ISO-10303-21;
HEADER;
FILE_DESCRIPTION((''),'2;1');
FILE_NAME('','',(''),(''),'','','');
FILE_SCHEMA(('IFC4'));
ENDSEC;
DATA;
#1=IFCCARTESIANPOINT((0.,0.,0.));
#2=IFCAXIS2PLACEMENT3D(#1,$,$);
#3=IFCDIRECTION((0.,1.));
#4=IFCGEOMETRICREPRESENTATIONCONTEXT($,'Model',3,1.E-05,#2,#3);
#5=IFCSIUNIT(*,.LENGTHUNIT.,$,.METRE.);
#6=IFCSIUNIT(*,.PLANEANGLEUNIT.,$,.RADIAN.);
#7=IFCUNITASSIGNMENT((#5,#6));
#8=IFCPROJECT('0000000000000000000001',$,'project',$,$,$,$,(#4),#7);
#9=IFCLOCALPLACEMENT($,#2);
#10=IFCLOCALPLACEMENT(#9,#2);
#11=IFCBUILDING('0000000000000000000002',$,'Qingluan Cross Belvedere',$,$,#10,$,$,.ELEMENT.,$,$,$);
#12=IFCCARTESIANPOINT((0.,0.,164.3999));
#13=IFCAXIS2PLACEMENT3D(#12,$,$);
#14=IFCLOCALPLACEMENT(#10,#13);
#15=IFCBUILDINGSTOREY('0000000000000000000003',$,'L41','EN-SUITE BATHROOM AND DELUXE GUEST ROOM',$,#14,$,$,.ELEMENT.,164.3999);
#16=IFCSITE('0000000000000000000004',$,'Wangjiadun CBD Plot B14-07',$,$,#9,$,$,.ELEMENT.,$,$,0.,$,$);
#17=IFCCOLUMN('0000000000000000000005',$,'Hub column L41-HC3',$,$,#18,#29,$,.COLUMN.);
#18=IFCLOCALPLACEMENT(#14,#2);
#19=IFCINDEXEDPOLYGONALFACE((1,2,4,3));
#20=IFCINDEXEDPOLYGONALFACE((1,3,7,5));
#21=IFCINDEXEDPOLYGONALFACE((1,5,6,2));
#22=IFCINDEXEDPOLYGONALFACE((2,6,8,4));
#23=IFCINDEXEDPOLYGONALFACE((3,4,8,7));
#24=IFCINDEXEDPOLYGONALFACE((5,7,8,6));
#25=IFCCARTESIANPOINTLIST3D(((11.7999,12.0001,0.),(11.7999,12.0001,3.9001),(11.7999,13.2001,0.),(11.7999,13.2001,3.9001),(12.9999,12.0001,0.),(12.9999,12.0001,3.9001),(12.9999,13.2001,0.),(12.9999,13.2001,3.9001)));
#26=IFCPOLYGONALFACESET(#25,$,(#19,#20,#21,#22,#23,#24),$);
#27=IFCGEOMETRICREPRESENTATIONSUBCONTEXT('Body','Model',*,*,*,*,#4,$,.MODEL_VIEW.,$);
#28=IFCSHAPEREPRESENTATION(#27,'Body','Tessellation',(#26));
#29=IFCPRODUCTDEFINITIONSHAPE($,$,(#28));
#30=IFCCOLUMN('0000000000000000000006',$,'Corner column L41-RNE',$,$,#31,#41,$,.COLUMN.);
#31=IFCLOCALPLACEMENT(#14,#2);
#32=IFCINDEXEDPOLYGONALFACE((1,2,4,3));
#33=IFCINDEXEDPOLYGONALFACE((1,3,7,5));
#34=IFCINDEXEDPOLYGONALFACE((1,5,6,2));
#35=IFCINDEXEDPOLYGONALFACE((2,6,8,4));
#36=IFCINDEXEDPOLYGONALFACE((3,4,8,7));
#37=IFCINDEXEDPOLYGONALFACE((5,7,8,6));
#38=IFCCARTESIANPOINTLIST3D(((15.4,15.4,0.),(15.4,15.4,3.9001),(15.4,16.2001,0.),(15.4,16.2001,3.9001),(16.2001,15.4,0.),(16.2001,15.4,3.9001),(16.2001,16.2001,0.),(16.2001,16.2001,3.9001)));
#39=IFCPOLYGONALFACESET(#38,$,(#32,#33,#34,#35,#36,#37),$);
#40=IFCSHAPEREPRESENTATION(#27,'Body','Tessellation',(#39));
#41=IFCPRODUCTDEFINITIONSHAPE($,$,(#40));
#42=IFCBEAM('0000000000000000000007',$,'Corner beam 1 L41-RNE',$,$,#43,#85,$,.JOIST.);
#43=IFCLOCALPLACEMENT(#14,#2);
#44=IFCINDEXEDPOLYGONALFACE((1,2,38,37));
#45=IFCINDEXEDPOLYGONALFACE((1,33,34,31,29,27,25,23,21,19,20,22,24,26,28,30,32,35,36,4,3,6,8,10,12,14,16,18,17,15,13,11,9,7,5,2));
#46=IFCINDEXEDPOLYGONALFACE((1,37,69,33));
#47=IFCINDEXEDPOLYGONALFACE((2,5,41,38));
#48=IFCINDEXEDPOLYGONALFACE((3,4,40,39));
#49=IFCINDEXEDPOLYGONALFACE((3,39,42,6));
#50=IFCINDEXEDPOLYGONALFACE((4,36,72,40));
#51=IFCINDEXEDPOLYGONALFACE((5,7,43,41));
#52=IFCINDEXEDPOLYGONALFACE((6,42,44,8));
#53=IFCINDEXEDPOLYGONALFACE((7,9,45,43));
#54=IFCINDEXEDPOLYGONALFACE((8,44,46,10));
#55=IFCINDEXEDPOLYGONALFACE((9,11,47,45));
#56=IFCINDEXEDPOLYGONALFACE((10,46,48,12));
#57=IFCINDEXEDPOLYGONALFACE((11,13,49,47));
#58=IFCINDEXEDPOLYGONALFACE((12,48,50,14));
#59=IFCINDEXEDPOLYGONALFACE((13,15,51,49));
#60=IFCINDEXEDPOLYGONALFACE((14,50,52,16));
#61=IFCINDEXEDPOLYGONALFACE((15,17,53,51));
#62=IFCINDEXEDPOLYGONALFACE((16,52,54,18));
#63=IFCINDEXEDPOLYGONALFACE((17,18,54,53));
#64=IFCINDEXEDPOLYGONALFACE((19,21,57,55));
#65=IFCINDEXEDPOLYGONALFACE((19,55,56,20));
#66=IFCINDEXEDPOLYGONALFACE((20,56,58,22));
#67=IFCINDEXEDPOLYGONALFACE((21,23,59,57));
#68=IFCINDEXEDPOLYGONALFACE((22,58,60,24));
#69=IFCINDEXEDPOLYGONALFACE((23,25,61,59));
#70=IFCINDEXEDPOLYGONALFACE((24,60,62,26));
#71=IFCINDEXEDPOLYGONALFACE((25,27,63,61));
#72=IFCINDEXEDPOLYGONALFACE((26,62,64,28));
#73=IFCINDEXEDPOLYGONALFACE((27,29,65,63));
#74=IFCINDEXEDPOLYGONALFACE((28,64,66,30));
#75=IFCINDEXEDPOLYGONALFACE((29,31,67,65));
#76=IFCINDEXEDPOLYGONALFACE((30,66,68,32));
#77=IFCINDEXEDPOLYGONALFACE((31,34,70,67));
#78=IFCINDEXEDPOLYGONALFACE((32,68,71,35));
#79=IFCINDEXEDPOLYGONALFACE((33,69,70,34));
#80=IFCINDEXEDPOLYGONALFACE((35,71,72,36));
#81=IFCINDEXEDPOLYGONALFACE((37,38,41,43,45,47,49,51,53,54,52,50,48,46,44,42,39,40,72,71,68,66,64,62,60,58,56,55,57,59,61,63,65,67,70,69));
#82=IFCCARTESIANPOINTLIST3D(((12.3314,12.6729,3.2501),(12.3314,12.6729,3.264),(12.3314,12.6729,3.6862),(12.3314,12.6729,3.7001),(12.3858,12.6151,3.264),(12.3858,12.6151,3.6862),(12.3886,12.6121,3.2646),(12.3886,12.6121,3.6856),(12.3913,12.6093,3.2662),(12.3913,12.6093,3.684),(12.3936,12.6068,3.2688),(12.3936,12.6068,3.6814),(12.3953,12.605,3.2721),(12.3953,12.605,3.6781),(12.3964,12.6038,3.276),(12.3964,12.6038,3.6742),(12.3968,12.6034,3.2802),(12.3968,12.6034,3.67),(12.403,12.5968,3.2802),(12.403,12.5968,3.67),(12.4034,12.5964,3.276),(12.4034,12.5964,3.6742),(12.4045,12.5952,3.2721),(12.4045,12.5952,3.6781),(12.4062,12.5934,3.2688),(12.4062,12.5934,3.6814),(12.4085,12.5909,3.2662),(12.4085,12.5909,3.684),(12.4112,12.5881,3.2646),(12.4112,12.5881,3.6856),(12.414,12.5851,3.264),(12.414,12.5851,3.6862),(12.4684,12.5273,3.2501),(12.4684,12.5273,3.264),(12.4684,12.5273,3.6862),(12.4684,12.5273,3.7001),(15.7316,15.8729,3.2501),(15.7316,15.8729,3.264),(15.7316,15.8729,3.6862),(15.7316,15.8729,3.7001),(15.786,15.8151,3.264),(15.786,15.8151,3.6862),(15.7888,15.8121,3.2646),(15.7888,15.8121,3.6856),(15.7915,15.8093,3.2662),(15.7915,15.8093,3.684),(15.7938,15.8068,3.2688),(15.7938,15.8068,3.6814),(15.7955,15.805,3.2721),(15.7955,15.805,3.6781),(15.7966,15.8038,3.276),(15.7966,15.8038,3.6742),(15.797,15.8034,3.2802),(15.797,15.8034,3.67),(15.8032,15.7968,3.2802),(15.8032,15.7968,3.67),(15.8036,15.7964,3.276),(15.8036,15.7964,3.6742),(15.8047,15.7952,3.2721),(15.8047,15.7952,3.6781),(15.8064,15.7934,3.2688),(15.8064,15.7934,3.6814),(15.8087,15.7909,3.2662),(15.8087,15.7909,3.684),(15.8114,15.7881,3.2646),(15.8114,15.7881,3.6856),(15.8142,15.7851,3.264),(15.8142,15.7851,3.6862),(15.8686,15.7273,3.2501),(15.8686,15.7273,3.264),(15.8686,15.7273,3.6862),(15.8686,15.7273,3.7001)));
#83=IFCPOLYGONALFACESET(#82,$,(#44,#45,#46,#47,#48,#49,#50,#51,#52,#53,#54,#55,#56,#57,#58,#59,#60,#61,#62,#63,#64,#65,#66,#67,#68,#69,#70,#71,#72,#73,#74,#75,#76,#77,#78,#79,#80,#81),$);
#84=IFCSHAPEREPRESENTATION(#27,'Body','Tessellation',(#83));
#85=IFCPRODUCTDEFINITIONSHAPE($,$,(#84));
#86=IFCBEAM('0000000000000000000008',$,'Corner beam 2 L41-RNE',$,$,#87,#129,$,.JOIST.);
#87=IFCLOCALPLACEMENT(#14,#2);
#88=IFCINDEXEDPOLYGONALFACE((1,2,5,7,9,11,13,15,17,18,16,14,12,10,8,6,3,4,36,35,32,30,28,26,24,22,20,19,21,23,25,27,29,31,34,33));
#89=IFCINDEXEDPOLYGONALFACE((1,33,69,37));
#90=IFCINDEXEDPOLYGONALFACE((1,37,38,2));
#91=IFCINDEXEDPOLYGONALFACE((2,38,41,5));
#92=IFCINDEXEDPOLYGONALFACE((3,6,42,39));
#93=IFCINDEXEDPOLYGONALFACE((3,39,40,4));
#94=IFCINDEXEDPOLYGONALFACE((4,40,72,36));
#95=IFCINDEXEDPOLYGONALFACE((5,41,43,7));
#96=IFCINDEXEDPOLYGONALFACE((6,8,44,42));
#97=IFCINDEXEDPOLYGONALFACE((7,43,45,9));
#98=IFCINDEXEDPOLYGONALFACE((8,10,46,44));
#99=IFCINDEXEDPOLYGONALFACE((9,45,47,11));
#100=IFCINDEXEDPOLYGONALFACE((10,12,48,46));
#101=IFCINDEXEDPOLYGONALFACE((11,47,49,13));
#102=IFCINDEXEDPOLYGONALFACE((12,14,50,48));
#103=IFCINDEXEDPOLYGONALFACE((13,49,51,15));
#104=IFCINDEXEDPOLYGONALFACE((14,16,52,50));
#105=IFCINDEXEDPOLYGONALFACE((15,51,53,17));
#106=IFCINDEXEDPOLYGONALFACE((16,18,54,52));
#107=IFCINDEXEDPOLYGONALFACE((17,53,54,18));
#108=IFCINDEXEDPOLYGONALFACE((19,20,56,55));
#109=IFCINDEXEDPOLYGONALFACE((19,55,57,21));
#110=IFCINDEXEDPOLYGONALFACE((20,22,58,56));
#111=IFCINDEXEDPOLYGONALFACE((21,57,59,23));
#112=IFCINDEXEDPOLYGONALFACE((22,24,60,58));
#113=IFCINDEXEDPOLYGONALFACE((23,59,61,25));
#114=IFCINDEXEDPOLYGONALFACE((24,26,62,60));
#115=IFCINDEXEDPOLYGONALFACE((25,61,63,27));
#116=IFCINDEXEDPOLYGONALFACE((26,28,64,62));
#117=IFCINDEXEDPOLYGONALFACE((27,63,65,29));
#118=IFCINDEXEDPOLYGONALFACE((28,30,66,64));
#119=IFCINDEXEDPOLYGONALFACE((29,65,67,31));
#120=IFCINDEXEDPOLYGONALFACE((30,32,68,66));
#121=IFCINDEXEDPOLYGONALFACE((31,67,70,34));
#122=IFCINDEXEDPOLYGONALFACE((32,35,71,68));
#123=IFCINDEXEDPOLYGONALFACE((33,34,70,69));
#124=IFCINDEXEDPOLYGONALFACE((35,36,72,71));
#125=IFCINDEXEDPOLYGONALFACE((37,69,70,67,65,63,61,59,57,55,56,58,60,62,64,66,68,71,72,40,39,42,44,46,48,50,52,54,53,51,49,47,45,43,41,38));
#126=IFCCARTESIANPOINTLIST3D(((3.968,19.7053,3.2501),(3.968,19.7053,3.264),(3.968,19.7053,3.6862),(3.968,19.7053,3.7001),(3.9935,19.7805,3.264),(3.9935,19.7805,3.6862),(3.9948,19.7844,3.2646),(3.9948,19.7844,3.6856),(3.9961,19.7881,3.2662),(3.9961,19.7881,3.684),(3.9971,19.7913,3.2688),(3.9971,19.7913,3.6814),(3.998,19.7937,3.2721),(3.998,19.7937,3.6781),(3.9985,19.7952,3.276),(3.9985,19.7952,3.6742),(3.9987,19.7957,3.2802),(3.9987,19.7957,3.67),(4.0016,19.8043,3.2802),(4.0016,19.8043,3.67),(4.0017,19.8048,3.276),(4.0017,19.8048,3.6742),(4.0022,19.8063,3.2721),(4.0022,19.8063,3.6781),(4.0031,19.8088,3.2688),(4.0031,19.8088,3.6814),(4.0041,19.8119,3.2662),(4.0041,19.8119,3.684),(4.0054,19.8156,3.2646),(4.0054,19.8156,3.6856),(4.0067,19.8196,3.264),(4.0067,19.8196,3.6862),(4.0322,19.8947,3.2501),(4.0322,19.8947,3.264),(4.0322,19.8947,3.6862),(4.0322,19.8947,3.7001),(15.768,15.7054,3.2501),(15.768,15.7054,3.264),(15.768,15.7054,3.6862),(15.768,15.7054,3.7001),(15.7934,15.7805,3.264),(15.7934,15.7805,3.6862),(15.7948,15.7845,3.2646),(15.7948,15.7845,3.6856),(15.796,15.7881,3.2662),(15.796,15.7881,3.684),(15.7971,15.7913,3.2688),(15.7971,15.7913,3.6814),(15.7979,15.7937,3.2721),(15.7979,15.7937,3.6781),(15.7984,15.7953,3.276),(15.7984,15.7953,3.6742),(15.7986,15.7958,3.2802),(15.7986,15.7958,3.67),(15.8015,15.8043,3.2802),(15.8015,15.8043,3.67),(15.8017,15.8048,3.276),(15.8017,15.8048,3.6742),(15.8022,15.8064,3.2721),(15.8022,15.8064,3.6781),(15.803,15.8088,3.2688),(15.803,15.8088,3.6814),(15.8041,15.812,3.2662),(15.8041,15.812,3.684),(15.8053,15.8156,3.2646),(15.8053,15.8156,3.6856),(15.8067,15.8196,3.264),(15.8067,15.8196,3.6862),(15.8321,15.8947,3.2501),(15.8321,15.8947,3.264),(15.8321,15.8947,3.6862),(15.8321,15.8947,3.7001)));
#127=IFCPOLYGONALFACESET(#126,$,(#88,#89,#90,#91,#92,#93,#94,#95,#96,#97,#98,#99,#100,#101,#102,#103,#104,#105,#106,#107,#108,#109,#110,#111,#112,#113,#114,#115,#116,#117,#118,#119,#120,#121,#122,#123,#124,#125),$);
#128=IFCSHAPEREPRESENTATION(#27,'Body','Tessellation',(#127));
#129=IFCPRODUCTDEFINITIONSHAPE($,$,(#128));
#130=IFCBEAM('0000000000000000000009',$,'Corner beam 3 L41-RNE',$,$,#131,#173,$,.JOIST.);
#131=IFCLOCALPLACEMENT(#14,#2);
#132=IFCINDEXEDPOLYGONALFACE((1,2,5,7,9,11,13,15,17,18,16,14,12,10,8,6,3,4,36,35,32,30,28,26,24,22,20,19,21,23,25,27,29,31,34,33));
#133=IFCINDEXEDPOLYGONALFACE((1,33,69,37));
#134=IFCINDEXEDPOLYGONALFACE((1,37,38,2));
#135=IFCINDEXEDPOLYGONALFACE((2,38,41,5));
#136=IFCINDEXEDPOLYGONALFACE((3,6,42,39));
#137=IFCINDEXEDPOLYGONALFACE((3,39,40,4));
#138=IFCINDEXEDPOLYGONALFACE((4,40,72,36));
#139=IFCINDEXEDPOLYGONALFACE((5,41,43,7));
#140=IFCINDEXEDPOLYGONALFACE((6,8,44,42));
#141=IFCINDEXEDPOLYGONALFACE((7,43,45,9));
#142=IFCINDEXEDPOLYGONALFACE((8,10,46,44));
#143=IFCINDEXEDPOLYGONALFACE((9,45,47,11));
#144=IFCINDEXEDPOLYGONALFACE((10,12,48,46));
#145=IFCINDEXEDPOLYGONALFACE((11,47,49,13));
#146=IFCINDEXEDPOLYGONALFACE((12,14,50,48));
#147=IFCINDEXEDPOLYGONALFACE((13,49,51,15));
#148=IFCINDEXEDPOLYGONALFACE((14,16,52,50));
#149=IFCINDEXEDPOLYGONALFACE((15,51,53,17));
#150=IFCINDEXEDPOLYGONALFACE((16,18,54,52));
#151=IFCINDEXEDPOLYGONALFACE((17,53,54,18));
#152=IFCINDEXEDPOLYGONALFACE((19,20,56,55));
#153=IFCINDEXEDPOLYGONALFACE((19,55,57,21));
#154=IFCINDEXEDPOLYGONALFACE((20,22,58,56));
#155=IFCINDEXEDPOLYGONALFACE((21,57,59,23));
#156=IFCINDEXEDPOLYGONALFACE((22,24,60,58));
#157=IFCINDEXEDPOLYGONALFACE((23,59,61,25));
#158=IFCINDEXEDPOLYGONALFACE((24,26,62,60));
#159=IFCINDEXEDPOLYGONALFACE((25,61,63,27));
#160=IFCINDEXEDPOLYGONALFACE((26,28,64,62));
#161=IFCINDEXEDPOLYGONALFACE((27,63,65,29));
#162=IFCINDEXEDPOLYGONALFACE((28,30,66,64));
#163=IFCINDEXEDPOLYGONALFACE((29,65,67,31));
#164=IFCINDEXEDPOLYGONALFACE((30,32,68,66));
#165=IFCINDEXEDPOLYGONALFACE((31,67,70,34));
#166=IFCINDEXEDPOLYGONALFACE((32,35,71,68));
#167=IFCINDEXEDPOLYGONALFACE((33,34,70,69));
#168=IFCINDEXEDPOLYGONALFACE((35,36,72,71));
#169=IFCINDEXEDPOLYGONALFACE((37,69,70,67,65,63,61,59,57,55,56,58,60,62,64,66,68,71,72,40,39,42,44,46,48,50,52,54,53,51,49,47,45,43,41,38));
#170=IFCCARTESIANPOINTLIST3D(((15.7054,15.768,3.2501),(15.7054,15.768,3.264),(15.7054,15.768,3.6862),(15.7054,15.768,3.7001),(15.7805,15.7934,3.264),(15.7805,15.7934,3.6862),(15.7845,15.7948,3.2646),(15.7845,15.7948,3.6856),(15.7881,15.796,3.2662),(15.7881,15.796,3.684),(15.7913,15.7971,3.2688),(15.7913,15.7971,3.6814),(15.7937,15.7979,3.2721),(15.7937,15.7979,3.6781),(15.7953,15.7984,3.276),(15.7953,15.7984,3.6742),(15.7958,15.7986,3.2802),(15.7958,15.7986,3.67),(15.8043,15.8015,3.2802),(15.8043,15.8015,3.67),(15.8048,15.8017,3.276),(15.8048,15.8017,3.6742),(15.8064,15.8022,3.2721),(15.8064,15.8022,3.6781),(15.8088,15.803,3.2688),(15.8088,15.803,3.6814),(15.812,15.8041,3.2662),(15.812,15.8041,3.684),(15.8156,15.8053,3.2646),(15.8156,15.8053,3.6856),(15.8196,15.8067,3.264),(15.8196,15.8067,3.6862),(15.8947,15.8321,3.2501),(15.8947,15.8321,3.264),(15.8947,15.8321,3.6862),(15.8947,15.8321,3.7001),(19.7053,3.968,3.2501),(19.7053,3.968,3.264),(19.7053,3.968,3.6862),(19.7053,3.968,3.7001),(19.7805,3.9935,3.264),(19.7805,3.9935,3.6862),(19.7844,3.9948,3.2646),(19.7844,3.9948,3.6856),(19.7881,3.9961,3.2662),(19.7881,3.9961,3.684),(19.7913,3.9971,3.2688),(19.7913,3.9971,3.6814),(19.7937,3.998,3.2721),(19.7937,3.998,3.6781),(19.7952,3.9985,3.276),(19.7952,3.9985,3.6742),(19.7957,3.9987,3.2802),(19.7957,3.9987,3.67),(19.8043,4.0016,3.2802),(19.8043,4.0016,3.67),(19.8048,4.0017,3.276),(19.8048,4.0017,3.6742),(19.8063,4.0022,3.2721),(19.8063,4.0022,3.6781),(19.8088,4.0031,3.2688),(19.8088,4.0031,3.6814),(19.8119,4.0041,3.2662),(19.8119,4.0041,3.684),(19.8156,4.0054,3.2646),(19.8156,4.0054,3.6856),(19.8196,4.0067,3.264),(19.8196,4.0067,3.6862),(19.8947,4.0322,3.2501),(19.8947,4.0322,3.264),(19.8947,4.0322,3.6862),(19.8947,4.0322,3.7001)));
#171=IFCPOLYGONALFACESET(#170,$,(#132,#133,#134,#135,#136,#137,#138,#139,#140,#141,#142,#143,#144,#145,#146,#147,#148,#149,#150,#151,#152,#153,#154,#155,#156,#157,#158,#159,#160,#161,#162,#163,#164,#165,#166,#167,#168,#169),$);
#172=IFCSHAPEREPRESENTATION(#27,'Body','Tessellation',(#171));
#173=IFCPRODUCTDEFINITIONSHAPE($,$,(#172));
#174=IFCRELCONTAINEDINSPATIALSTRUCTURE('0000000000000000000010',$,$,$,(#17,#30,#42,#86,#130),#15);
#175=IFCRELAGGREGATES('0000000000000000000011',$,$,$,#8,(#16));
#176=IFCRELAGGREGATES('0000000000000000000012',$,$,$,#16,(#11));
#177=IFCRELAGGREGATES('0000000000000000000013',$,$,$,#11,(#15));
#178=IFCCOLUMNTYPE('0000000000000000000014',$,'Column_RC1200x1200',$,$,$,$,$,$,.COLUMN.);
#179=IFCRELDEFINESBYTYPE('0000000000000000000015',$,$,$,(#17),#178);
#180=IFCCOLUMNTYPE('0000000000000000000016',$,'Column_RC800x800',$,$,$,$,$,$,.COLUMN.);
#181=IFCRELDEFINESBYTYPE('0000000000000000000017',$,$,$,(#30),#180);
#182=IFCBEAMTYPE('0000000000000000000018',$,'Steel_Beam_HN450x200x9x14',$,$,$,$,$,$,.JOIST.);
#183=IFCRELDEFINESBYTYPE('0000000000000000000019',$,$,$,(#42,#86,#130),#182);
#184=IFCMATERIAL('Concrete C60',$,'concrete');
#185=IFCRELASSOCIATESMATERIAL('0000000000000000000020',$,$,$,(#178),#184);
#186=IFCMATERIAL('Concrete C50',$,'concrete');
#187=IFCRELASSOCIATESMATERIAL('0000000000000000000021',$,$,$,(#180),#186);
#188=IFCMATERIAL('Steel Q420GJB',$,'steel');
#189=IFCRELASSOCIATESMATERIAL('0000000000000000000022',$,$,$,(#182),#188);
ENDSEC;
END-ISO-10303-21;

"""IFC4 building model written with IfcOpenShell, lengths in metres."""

from ifc_helpers import new_model, si_unit, direction, frame, origin, origin_2d, place, context, subcontext, project, spatial, rectangle, i_section, extrude, material, material_profile, profile_set, type_object, element, save


model = new_model("IFC4")

# Units and contexts
model_context = context("Model", 3, precision=1e-05, world=origin(), true_north=direction((0.0, 1.0)))
body_context = subcontext(model_context, "Body", "Model", "MODEL_VIEW")
ifc_project = project(units=[si_unit("LENGTHUNIT", "METRE"), si_unit("PLANEANGLEUNIT", "RADIAN")], contexts=[model_context])

# Site, building, storey
site_placement = place(None, origin())
site = spatial("IfcSite", under=ifc_project, at=site_placement, Name="Wangjiadun CBD Plot B14-07", CompositionType="ELEMENT", RefElevation=0.0)
building_placement = place(site_placement, origin())
building = spatial("IfcBuilding", under=site, at=building_placement, Name="Qingluan Cross Belvedere", CompositionType="ELEMENT")
storey_placement = place(building_placement, frame((0.0, 0.0, 164.3999)))
storey = spatial("IfcBuildingStorey", under=building, at=storey_placement, Name="L41", Description="EN-SUITE BATHROOM AND DELUXE GUEST ROOM", CompositionType="ELEMENT", Elevation=164.3999)

# Columns
ifc_material_1 = material(Name="Concrete C60", Category="concrete")
ifc_material_profile_1 = material_profile(ifc_material_1, rectangle(XDim=1.2, YDim=1.2, at=origin_2d()), Name="RC1200x1200")
ifc_profile_set_1 = profile_set([ifc_material_profile_1], Name="Concrete C60")
column_type_1 = type_object("IfcColumnType", Name="Column_RC1200x1200", PredefinedType="COLUMN", material=ifc_profile_set_1)
column_1_placement = place(storey_placement, frame((12.3999, 12.6001, 0.0), z_axis=(0.0, 0.0, 1.0), x_axis=(1.0, 0.0, 0.0)))
element("IfcColumn", 1, at=column_1_placement, inside=storey, type_object=column_type_1, Name="Hub column L41-HC3", PredefinedType="COLUMN", context=body_context, shape_type="SweptSolid", body=[
    extrude(rectangle(XDim=1.2, YDim=1.2, at=origin_2d()), origin(), (0.0, 0.0, 1.0), 3.9001),
])
ifc_material_2 = material(Name="Concrete C50", Category="concrete")
ifc_material_profile_2 = material_profile(ifc_material_2, rectangle(XDim=0.8, YDim=0.8, at=origin_2d()), Name="RC800x800")
ifc_profile_set_2 = profile_set([ifc_material_profile_2], Name="Concrete C50")
column_type_2 = type_object("IfcColumnType", Name="Column_RC800x800", PredefinedType="COLUMN", material=ifc_profile_set_2)
column_2_placement = place(storey_placement, frame((15.8, 15.8, 0.0), z_axis=(0.0, 0.0, 1.0), x_axis=(1.0, 0.0, 0.0)))
element("IfcColumn", 2, at=column_2_placement, inside=storey, type_object=column_type_2, Name="Corner column L41-RNE", PredefinedType="COLUMN", context=body_context, shape_type="SweptSolid", body=[
    extrude(rectangle(XDim=0.8, YDim=0.8, at=origin_2d()), origin(), (0.0, 0.0, 1.0), 3.9001),
])

# Beams
ifc_material_3 = material(Name="Steel Q420GJB", Category="steel")
ifc_material_profile_3 = material_profile(ifc_material_3, i_section(OverallWidth=0.2, OverallDepth=0.45, WebThickness=0.009, FlangeThickness=0.0139, FilletRadius=0.0161, at=origin_2d()), Name="HN450x200x9x14")
ifc_profile_set_3 = profile_set([ifc_material_profile_3], Name="Steel Q420GJB")
beam_type = type_object("IfcBeamType", Name="Steel_Beam_HN450x200x9x14", PredefinedType="JOIST", material=ifc_profile_set_3)
beam_1_placement = place(storey_placement, frame((12.3999, 12.6001, 3.4751), z_axis=(0.72822, 0.685343, 0.0), x_axis=(-0.685343, 0.72822, 0.0)))
element("IfcBeam", 3, at=beam_1_placement, inside=storey, type_object=beam_type, Name="Corner beam 1 L41-RNE", PredefinedType="JOIST", context=body_context, shape_type="SweptSolid", body=[
    extrude(i_section(OverallWidth=0.2, OverallDepth=0.45, WebThickness=0.009, FlangeThickness=0.0139, FilletRadius=0.0161, at=origin_2d()), origin(), (0.0, 0.0, 1.0), 4.6692),
])
for number, where, z_axis, x_axis, name in (
    (4, (15.8, 15.8, 3.4751), (-0.947066, 0.321038, 0.0), (-0.321038, -0.947066, 0.0), "Corner beam 2 L41-RNE"),
    (5, (15.8, 15.8, 3.4751), (0.321038, -0.947066, 0.0), (0.947066, 0.321038, 0.0), "Corner beam 3 L41-RNE"),
):
    element("IfcBeam", number, at=place(storey_placement, frame(where, z_axis=z_axis, x_axis=x_axis)), inside=storey, type_object=beam_type, Name=name, PredefinedType="JOIST", context=body_context, shape_type="SweptSolid", body=[
        extrude(i_section(OverallWidth=0.2, OverallDepth=0.45, WebThickness=0.009, FlangeThickness=0.0139, FilletRadius=0.0161, at=origin_2d()), origin(), (0.0, 0.0, 1.0), 12.4595),
    ])

save(model, "model.ifc")
